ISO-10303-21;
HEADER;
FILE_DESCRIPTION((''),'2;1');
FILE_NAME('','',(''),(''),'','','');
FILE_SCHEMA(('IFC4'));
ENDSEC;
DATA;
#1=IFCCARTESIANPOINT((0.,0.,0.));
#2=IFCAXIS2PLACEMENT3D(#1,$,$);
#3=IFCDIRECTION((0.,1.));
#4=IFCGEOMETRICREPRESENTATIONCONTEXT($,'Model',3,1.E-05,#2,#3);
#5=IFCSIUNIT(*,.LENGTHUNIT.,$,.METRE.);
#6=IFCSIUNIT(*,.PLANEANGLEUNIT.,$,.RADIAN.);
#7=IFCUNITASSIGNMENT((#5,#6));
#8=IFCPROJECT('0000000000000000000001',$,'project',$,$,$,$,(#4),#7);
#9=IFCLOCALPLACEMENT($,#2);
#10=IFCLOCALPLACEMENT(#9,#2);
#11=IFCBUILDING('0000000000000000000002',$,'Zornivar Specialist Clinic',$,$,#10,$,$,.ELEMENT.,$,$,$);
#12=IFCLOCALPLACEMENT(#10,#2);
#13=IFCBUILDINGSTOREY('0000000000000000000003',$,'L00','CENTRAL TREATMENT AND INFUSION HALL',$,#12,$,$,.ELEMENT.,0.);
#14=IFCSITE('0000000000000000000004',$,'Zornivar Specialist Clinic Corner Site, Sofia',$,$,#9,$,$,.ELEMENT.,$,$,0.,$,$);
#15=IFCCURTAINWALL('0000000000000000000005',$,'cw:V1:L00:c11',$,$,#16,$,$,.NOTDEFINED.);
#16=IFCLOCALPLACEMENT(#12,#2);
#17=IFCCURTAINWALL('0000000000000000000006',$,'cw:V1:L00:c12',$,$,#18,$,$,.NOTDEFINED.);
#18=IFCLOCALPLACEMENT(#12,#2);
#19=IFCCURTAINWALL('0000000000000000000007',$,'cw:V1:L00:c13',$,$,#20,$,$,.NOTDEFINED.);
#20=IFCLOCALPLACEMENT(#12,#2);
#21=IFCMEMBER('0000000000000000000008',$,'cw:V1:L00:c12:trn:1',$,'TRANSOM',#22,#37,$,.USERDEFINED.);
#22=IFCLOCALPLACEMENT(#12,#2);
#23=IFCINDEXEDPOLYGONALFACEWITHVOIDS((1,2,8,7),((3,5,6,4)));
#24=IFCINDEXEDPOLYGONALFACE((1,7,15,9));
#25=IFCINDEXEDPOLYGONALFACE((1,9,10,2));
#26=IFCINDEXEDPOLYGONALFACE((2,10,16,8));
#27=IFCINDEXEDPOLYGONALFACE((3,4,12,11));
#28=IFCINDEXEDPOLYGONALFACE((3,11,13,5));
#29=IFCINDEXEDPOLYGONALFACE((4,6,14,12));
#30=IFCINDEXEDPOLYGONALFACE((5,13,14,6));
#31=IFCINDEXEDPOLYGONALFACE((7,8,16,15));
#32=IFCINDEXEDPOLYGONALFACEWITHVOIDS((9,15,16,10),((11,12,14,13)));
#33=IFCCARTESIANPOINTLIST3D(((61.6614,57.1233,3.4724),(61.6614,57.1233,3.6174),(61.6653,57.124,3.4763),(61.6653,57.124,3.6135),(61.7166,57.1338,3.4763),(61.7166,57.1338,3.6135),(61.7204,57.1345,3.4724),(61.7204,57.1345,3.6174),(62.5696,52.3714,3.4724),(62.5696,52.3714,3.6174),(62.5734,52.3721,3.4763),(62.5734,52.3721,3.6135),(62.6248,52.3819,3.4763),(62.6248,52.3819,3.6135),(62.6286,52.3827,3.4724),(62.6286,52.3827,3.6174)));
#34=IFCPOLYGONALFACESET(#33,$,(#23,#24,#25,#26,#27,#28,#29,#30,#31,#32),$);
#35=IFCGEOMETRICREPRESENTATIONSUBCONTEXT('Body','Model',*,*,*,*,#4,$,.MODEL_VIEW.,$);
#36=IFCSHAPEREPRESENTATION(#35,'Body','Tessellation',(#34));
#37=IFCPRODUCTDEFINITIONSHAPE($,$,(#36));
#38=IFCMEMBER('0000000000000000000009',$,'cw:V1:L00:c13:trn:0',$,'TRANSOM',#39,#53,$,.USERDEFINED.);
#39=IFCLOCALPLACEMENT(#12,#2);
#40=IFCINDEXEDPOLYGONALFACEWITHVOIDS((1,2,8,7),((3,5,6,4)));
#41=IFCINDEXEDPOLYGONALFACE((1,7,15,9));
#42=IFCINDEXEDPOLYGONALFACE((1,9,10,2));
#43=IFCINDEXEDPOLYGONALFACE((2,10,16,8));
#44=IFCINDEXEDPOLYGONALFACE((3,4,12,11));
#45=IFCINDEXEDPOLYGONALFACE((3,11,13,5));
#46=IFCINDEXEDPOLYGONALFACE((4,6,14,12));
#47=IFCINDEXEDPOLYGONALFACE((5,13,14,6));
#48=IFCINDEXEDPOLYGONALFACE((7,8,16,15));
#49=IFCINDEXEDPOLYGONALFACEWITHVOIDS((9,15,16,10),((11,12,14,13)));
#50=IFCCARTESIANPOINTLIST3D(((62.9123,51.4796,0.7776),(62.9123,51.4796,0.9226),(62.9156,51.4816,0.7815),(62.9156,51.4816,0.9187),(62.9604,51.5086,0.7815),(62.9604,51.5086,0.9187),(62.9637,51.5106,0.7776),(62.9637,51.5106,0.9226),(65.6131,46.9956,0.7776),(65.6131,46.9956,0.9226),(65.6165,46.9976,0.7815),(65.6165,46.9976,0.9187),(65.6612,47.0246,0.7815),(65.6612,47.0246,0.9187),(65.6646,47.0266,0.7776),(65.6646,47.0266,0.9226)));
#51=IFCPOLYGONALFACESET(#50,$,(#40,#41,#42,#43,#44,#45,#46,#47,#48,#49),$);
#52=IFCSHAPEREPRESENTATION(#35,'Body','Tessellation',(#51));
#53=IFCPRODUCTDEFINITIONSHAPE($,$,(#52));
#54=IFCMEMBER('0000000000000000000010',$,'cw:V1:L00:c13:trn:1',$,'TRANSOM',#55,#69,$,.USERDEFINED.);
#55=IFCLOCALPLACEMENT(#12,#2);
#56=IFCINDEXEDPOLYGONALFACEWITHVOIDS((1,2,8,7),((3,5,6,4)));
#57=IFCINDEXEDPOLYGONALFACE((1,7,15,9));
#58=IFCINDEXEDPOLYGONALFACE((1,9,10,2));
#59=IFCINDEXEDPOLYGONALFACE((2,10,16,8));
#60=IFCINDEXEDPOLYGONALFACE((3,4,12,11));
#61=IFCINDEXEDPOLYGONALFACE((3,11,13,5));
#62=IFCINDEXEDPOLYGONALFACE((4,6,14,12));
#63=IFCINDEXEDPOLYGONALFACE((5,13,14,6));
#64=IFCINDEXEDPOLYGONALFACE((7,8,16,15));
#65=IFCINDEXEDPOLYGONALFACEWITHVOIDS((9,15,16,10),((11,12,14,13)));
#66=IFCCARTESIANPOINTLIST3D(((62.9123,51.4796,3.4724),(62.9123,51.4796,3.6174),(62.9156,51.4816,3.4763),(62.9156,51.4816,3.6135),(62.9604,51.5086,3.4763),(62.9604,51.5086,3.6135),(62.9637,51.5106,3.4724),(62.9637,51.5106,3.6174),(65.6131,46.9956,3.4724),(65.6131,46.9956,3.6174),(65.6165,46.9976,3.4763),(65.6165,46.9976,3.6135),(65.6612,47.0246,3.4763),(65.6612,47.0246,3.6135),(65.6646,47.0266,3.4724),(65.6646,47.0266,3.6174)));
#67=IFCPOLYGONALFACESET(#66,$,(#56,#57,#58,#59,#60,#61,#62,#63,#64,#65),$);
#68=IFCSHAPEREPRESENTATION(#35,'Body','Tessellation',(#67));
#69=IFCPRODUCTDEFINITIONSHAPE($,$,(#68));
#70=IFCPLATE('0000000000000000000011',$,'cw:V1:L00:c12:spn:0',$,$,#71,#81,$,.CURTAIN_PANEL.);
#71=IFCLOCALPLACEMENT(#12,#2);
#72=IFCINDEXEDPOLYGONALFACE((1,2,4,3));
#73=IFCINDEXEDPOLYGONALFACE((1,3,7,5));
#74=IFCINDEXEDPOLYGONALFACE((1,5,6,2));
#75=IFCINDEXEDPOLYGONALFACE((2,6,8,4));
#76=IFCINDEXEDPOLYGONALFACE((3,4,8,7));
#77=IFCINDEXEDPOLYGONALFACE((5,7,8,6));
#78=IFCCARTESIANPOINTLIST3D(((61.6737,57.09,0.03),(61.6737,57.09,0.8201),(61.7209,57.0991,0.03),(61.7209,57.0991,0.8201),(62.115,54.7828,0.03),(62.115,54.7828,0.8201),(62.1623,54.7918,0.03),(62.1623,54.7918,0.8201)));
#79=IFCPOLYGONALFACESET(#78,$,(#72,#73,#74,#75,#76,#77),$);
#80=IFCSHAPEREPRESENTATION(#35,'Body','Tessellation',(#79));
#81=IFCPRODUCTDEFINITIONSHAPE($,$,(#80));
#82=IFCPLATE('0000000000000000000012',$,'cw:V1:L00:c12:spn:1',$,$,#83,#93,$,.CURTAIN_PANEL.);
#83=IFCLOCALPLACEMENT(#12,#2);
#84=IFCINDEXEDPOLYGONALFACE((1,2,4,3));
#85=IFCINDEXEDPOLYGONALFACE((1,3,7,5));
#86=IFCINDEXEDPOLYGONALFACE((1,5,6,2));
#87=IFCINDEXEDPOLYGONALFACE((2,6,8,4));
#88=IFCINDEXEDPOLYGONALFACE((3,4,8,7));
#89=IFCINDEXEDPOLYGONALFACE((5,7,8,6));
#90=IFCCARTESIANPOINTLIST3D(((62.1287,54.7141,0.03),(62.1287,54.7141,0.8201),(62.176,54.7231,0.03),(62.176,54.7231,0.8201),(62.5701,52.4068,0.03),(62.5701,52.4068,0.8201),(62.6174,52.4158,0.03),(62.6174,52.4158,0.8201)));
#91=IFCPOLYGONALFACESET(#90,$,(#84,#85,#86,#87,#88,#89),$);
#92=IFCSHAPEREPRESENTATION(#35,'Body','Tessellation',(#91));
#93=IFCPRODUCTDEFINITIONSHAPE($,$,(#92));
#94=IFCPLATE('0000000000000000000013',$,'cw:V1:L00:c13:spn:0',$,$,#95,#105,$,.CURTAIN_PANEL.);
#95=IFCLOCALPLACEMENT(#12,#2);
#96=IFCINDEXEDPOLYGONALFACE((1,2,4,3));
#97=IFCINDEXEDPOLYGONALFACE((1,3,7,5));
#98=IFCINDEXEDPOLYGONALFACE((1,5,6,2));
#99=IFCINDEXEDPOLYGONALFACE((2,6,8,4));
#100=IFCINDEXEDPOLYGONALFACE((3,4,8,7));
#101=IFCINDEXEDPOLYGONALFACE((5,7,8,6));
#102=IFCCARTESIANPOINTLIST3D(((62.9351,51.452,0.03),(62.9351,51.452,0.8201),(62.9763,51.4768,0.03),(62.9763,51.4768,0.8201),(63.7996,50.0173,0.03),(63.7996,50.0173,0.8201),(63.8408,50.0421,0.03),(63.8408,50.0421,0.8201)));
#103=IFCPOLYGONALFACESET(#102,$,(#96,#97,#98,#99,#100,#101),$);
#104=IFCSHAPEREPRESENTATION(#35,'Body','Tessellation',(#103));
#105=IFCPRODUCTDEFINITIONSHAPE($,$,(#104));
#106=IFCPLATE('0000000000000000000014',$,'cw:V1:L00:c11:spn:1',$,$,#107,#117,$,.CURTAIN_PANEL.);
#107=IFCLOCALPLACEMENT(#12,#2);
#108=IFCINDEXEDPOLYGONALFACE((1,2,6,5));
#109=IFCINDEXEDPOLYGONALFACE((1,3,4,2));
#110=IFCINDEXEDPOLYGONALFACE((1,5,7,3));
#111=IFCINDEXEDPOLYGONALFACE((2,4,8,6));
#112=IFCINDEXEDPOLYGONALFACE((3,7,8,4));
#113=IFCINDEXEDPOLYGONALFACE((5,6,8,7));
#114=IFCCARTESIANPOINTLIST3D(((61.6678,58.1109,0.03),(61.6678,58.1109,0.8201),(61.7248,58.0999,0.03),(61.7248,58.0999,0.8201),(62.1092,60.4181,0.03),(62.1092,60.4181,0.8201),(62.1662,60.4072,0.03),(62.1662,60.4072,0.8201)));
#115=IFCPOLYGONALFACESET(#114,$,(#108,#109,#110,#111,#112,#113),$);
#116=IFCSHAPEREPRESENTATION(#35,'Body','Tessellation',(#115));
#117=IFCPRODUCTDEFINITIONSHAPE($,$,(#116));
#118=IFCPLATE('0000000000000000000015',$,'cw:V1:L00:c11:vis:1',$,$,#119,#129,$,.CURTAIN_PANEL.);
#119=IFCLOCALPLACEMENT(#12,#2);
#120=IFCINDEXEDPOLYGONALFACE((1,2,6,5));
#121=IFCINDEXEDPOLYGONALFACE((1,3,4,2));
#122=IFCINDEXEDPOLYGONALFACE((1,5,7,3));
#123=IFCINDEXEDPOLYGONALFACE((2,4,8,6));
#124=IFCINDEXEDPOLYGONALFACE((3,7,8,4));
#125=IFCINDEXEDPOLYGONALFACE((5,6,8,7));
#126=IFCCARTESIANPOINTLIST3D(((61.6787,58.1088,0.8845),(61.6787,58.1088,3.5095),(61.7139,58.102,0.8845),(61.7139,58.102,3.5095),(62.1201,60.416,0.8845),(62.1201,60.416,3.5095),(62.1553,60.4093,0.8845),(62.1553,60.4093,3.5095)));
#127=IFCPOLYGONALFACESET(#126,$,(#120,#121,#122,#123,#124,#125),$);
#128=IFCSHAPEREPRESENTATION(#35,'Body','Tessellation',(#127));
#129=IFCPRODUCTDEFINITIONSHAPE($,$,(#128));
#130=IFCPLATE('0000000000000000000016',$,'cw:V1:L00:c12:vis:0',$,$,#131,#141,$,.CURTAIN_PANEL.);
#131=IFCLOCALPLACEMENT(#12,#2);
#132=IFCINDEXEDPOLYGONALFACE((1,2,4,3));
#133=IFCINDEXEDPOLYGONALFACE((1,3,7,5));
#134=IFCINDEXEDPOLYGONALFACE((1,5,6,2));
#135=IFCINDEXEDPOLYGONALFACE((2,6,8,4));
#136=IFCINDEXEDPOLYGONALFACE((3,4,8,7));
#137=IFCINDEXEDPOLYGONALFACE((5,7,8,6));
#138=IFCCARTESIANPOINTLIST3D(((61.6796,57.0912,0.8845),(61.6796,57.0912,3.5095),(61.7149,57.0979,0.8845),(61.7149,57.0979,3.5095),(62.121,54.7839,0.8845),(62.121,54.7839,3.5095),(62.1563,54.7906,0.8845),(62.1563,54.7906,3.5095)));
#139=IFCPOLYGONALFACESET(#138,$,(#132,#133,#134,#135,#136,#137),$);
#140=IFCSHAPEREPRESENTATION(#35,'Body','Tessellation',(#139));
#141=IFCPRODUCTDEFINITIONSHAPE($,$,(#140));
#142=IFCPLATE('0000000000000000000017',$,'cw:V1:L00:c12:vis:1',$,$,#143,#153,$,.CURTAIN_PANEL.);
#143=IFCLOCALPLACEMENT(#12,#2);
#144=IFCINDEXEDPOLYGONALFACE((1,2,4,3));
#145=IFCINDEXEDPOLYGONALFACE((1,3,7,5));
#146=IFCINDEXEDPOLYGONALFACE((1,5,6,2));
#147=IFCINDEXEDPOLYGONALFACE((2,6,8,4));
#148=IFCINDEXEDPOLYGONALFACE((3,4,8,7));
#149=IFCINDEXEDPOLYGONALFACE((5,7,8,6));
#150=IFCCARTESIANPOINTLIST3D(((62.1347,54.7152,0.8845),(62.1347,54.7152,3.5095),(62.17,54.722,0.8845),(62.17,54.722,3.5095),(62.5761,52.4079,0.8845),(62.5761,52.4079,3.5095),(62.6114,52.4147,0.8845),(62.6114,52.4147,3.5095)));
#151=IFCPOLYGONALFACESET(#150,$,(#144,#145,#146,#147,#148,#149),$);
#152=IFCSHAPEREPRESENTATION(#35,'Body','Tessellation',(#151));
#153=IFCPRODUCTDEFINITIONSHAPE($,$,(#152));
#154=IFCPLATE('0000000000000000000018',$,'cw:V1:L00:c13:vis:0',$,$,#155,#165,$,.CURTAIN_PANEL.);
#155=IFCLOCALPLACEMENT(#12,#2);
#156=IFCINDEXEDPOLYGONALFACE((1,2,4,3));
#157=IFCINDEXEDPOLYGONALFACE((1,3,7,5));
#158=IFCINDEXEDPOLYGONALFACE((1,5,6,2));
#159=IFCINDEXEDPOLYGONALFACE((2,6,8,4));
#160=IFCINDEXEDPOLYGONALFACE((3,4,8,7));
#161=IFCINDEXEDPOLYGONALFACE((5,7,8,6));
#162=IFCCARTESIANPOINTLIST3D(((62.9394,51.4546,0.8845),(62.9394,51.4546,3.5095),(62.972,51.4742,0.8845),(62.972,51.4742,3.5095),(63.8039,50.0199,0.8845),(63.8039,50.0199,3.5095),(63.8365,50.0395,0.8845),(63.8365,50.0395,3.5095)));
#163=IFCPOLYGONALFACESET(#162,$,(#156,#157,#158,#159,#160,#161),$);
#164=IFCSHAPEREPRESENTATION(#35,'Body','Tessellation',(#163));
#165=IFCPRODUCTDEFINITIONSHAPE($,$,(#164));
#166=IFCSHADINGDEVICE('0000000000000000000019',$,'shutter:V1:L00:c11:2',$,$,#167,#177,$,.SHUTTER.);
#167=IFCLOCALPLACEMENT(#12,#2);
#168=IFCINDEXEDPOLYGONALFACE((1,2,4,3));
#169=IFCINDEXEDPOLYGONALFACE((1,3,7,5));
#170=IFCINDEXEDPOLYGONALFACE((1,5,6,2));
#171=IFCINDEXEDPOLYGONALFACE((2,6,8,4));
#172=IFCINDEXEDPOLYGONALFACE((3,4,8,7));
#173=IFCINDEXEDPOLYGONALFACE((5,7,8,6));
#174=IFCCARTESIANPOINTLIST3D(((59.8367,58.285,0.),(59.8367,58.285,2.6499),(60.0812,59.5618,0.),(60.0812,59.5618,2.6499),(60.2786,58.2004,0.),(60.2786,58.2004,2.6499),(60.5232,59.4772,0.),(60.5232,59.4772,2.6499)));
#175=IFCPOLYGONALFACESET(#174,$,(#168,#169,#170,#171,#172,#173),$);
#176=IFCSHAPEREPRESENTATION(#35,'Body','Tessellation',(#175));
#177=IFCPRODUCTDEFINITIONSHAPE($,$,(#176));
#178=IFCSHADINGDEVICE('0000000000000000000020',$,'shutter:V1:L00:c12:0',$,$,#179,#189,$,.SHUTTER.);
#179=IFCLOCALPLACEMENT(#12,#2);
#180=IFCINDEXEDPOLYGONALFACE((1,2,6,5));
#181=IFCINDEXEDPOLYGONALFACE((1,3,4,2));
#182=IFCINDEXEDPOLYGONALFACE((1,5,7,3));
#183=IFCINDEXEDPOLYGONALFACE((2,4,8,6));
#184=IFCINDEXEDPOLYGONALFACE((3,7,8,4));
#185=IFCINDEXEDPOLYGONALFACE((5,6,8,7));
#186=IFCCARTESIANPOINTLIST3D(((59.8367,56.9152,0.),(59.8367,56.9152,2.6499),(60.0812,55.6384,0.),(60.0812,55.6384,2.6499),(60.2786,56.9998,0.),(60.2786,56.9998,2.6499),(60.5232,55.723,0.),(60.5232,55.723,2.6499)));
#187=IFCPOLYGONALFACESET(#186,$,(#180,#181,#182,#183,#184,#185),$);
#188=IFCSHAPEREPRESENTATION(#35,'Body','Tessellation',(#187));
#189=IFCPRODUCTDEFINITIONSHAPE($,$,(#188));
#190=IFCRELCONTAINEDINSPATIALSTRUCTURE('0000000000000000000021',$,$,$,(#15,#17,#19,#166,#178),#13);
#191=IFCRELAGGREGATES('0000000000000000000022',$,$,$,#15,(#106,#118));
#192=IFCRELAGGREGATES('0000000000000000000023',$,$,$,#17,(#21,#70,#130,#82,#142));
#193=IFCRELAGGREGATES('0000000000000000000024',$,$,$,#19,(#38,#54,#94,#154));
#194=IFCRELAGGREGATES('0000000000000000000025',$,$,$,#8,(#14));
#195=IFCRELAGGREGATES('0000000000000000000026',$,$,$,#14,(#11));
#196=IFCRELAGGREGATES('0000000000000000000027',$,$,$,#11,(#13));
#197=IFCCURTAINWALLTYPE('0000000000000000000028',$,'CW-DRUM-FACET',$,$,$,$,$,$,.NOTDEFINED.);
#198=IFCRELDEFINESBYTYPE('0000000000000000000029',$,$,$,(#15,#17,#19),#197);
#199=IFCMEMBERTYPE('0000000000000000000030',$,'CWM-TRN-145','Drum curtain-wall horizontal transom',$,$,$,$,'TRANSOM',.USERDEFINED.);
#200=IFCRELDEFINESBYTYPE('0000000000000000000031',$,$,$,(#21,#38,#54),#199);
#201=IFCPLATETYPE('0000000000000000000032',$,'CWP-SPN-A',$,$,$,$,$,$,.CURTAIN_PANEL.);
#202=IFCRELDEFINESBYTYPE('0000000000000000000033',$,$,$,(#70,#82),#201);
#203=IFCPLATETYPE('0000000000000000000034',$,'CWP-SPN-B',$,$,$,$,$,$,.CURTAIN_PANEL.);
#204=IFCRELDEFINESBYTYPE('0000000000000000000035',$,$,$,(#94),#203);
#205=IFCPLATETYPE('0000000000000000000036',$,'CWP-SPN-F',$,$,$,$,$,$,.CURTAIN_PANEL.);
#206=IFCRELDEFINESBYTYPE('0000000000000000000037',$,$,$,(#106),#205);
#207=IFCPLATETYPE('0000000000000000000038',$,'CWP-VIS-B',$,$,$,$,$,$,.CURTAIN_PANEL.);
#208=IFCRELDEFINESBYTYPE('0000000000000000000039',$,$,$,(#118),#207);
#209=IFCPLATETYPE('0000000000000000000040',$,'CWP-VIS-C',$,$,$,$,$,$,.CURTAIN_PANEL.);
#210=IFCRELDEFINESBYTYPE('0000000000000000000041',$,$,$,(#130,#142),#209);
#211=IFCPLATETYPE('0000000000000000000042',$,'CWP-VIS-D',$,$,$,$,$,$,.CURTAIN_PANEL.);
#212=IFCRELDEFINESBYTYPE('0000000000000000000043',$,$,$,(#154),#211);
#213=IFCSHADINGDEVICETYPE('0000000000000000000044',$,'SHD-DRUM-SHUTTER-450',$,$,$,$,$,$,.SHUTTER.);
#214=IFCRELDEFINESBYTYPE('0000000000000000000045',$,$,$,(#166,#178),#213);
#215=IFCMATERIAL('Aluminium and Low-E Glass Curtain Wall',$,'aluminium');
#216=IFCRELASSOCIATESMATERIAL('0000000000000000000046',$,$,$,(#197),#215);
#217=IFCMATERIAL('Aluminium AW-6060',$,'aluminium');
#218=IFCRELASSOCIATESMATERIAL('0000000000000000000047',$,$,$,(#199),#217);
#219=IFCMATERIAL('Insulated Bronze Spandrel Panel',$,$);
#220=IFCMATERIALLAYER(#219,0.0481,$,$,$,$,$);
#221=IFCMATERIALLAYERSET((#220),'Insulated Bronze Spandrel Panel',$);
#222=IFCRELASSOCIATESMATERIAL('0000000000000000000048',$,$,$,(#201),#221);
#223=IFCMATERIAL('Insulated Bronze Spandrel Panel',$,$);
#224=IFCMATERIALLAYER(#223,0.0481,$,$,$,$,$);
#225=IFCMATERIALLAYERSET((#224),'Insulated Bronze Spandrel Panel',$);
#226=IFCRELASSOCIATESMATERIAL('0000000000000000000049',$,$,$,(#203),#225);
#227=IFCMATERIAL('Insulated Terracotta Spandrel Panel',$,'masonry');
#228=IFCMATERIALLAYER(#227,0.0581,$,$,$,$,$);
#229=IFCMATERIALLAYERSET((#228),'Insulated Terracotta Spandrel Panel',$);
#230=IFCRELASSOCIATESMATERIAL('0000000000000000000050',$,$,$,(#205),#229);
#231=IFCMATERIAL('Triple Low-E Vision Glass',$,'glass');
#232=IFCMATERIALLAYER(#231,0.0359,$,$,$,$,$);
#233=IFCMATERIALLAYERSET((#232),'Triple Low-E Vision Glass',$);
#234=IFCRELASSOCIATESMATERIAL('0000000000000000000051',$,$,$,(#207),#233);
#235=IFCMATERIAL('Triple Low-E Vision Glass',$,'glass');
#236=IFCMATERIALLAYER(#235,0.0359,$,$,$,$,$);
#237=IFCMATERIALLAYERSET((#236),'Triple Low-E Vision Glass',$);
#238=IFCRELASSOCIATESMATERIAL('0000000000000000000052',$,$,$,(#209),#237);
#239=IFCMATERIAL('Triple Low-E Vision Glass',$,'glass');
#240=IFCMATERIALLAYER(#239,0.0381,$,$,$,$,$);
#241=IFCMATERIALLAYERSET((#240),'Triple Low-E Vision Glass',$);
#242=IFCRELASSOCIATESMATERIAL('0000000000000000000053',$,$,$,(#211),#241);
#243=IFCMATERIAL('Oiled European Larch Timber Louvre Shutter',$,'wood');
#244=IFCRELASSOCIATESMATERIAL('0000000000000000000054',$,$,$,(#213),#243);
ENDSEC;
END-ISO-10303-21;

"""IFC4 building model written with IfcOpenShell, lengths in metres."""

from ifc_helpers import new_model, si_unit, direction, frame, origin, origin_2d, place, context, subcontext, project, spatial, rectangle, hollow_rectangle, extrude, material, layer, layer_set, material_profile, profile_set, type_object, element, aggregate, save


model = new_model("IFC4")

# Units and contexts
model_context = context("Model", 3, precision=1e-05, world=origin(), true_north=direction((0.0, 1.0)))
body_context = subcontext(model_context, "Body", "Model", "MODEL_VIEW")
ifc_project = project(units=[si_unit("LENGTHUNIT", "METRE"), si_unit("PLANEANGLEUNIT", "RADIAN")], contexts=[model_context])

# Site, building, storey
site_placement = place(None, origin())
site = spatial("IfcSite", under=ifc_project, at=site_placement, Name="Zornivar Specialist Clinic Corner Site, Sofia", CompositionType="ELEMENT", RefElevation=0.0)
building_placement = place(site_placement, origin())
building = spatial("IfcBuilding", under=site, at=building_placement, Name="Zornivar Specialist Clinic", CompositionType="ELEMENT")
storey_placement = place(building_placement, origin())
storey = spatial("IfcBuildingStorey", under=building, at=storey_placement, Name="L00", Description="CENTRAL TREATMENT AND INFUSION HALL", CompositionType="ELEMENT", Elevation=0.0)

# Curtain wall
ifc_material_1 = material(Name="Aluminium and Low-E Glass Curtain Wall", Category="aluminium")
curtain_wall_type = type_object("IfcCurtainWallType", Name="CW-DRUM-FACET", PredefinedType="NOTDEFINED", material=ifc_material_1)
curtain_wall_1_placement = place(storey_placement, origin())
curtain_wall_1 = element("IfcCurtainWall", 1, at=curtain_wall_1_placement, inside=storey, type_object=curtain_wall_type, Name="cw:V1:L00:c11", PredefinedType="NOTDEFINED")

# Curtain wall
curtain_wall_2_placement = place(storey_placement, origin())
curtain_wall_2 = element("IfcCurtainWall", 2, at=curtain_wall_2_placement, inside=storey, type_object=curtain_wall_type, Name="cw:V1:L00:c12", PredefinedType="NOTDEFINED")

# Curtain wall
curtain_wall_3_placement = place(storey_placement, origin())
curtain_wall_3 = element("IfcCurtainWall", 3, at=curtain_wall_3_placement, inside=storey, type_object=curtain_wall_type, Name="cw:V1:L00:c13", PredefinedType="NOTDEFINED")

# Members
ifc_material_2 = material(Name="Aluminium AW-6060", Category="aluminium")
ifc_material_profile_1 = material_profile(ifc_material_2, hollow_rectangle(XDim=0.0601, YDim=0.145, WallThickness=0.0039, at=origin_2d()), Name="ALU 60x145x4")
ifc_profile_set_1 = profile_set([ifc_material_profile_1], Name="Aluminium AW-6060")
member_type_1 = type_object("IfcMemberType", Name="CWM-TRN-145", Description="Drum curtain-wall horizontal transom", ElementType="TRANSOM", PredefinedType="USERDEFINED", material=ifc_profile_set_1)
member_1_placement = place(storey_placement, frame((61.6909, 57.1289, 3.5449), z_axis=(0.187724, -0.982222, 0.0), x_axis=(0.982222, 0.187724, 0.0)))
member_1 = element("IfcMember", 4, at=member_1_placement, type_object=member_type_1, Name="cw:V1:L00:c12:trn:1", ObjectType="TRANSOM", PredefinedType="USERDEFINED", context=body_context, shape_type="SweptSolid", body=[
    extrude(hollow_rectangle(XDim=0.0601, YDim=0.145, WallThickness=0.0039, at=origin_2d()), origin(), (0.0, 0.0, 1.0), 4.8379),
])
member_2_placement = place(storey_placement, frame((62.938, 51.4951, 0.8501), z_axis=(0.515963, -0.856611, 0.0), x_axis=(0.856611, 0.515963, 0.0)))
member_2 = element("IfcMember", 5, at=member_2_placement, type_object=member_type_1, Name="cw:V1:L00:c13:trn:0", ObjectType="TRANSOM", PredefinedType="USERDEFINED", context=body_context, shape_type="SweptSolid", body=[
    extrude(hollow_rectangle(XDim=0.0601, YDim=0.145, WallThickness=0.0039, at=origin_2d()), origin(), (0.0, 0.0, 1.0), 5.2346),
])
member_3_placement = place(storey_placement, frame((62.938, 51.4951, 3.5449), z_axis=(0.515963, -0.856611, 0.0), x_axis=(0.856611, 0.515963, 0.0)))
member_3 = element("IfcMember", 6, at=member_3_placement, type_object=member_type_1, Name="cw:V1:L00:c13:trn:1", ObjectType="TRANSOM", PredefinedType="USERDEFINED", context=body_context, shape_type="SweptSolid", body=[
    extrude(hollow_rectangle(XDim=0.0601, YDim=0.145, WallThickness=0.0039, at=origin_2d()), origin(), (0.0, 0.0, 1.0), 5.2346),
])

# Plates
ifc_material_3 = material(Name="Insulated Bronze Spandrel Panel")
ifc_layer_1 = layer(ifc_material_3, 0.0481)
ifc_layer_set_1 = layer_set([ifc_layer_1], Name="Insulated Bronze Spandrel Panel")
plate_type_1 = type_object("IfcPlateType", Name="CWP-SPN-A", PredefinedType="CURTAIN_PANEL", material=ifc_layer_set_1)
plate_1_placement = place(storey_placement, frame((61.918, 55.9409, 0.03), z_axis=(0.0, 0.0, 1.0), x_axis=(0.187897, -0.982189, 0.0)))
plate_1 = element("IfcPlate", 7, at=plate_1_placement, type_object=plate_type_1, Name="cw:V1:L00:c12:spn:0", PredefinedType="CURTAIN_PANEL", context=body_context, shape_type="SweptSolid", body=[
    extrude(rectangle(XDim=2.3491, YDim=0.0481, at=origin_2d()), origin(), (0.0, 0.0, 1.0), 0.79),
])
plate_2_placement = place(storey_placement, frame((62.373, 53.5649, 0.03), z_axis=(0.0, 0.0, 1.0), x_axis=(0.187897, -0.982189, 0.0)))
plate_2 = element("IfcPlate", 8, at=plate_2_placement, type_object=plate_type_1, Name="cw:V1:L00:c12:spn:1", PredefinedType="CURTAIN_PANEL", context=body_context, shape_type="SweptSolid", body=[
    extrude(rectangle(XDim=2.3491, YDim=0.0481, at=origin_2d()), origin(), (0.0, 0.0, 1.0), 0.79),
])
ifc_material_4 = material(Name="Insulated Bronze Spandrel Panel")
ifc_layer_2 = layer(ifc_material_4, 0.0481)
ifc_layer_set_2 = layer_set([ifc_layer_2], Name="Insulated Bronze Spandrel Panel")
plate_type_2 = type_object("IfcPlateType", Name="CWP-SPN-B", PredefinedType="CURTAIN_PANEL", material=ifc_layer_set_2)
plate_3_placement = place(storey_placement, frame((63.3879, 50.7471, 0.03), z_axis=(0.0, 0.0, 1.0), x_axis=(0.516127, -0.856512, 0.0)))
plate_3 = element("IfcPlate", 9, at=plate_3_placement, type_object=plate_type_2, Name="cw:V1:L00:c13:spn:0", PredefinedType="CURTAIN_PANEL", context=body_context, shape_type="SweptSolid", body=[
    extrude(rectangle(XDim=1.675, YDim=0.0481, at=origin_2d()), origin(), (0.0, 0.0, 1.0), 0.79),
])
ifc_material_5 = material(Name="Insulated Terracotta Spandrel Panel", Category="masonry")
ifc_layer_3 = layer(ifc_material_5, 0.0581)
ifc_layer_set_3 = layer_set([ifc_layer_3], Name="Insulated Terracotta Spandrel Panel")
plate_type_3 = type_object("IfcPlateType", Name="CWP-SPN-F", PredefinedType="CURTAIN_PANEL", material=ifc_layer_set_3)
plate_4_placement = place(storey_placement, frame((61.917, 59.259, 0.03), z_axis=(0.0, 0.0, 1.0), x_axis=(-0.187897, -0.982189, 0.0)))
plate_4 = element("IfcPlate", 10, at=plate_4_placement, type_object=plate_type_3, Name="cw:V1:L00:c11:spn:1", PredefinedType="CURTAIN_PANEL", context=body_context, shape_type="SweptSolid", body=[
    extrude(rectangle(XDim=2.3491, YDim=0.0581, at=origin_2d()), origin(), (0.0, 0.0, 1.0), 0.79),
])
ifc_material_6 = material(Name="Triple Low-E Vision Glass", Category="glass")
ifc_layer_4 = layer(ifc_material_6, 0.0359)
ifc_layer_set_4 = layer_set([ifc_layer_4], Name="Triple Low-E Vision Glass")
plate_type_4 = type_object("IfcPlateType", Name="CWP-VIS-B", PredefinedType="CURTAIN_PANEL", material=ifc_layer_set_4)
plate_5_placement = place(storey_placement, frame((61.917, 59.259, 0.8845), z_axis=(0.0, 0.0, 1.0), x_axis=(-0.187897, -0.982189, 0.0)))
plate_5 = element("IfcPlate", 11, at=plate_5_placement, type_object=plate_type_4, Name="cw:V1:L00:c11:vis:1", PredefinedType="CURTAIN_PANEL", context=body_context, shape_type="SweptSolid", body=[
    extrude(rectangle(XDim=2.3491, YDim=0.0359, at=origin_2d()), origin(), (0.0, 0.0, 1.0), 2.625),
])
aggregate(curtain_wall_1, [plate_4, plate_5])
ifc_material_7 = material(Name="Triple Low-E Vision Glass", Category="glass")
ifc_layer_5 = layer(ifc_material_7, 0.0359)
ifc_layer_set_5 = layer_set([ifc_layer_5], Name="Triple Low-E Vision Glass")
plate_type_5 = type_object("IfcPlateType", Name="CWP-VIS-C", PredefinedType="CURTAIN_PANEL", material=ifc_layer_set_5)
plate_6_placement = place(storey_placement, frame((61.918, 55.9409, 0.8845), z_axis=(0.0, 0.0, 1.0), x_axis=(0.187897, -0.982189, 0.0)))
plate_6 = element("IfcPlate", 12, at=plate_6_placement, type_object=plate_type_5, Name="cw:V1:L00:c12:vis:0", PredefinedType="CURTAIN_PANEL", context=body_context, shape_type="SweptSolid", body=[
    extrude(rectangle(XDim=2.3491, YDim=0.0359, at=origin_2d()), origin(), (0.0, 0.0, 1.0), 2.625),
])
plate_7_placement = place(storey_placement, frame((62.373, 53.5649, 0.8845), z_axis=(0.0, 0.0, 1.0), x_axis=(0.187897, -0.982189, 0.0)))
plate_7 = element("IfcPlate", 13, at=plate_7_placement, type_object=plate_type_5, Name="cw:V1:L00:c12:vis:1", PredefinedType="CURTAIN_PANEL", context=body_context, shape_type="SweptSolid", body=[
    extrude(rectangle(XDim=2.3491, YDim=0.0359, at=origin_2d()), origin(), (0.0, 0.0, 1.0), 2.625),
])
aggregate(curtain_wall_2, [member_1, plate_1, plate_6, plate_2, plate_7])
ifc_material_8 = material(Name="Triple Low-E Vision Glass", Category="glass")
ifc_layer_6 = layer(ifc_material_8, 0.0381)
ifc_layer_set_6 = layer_set([ifc_layer_6], Name="Triple Low-E Vision Glass")
plate_type_6 = type_object("IfcPlateType", Name="CWP-VIS-D", PredefinedType="CURTAIN_PANEL", material=ifc_layer_set_6)
plate_8_placement = place(storey_placement, frame((63.3879, 50.7471, 0.8845), z_axis=(0.0, 0.0, 1.0), x_axis=(0.516127, -0.856512, 0.0)))
plate_8 = element("IfcPlate", 14, at=plate_8_placement, type_object=plate_type_6, Name="cw:V1:L00:c13:vis:0", PredefinedType="CURTAIN_PANEL", context=body_context, shape_type="SweptSolid", body=[
    extrude(rectangle(XDim=1.675, YDim=0.0381, at=origin_2d()), origin(), (0.0, 0.0, 1.0), 2.625),
])
aggregate(curtain_wall_3, [member_2, member_3, plate_3, plate_8])

# Shading devices
ifc_material_9 = material(Name="Oiled European Larch Timber Louvre Shutter", Category="wood")
shading_device_type = type_object("IfcShadingDeviceType", Name="SHD-DRUM-SHUTTER-450", PredefinedType="SHUTTER", material=ifc_material_9)
for number, where, z_axis, x_axis, name in (
    (15, (60.1799, 58.8811, 0.0), (0.0, 0.0, 1.0), (-0.188099, -0.98215, 0.0), "shutter:V1:L00:c11:2"),
    (16, (60.1799, 56.3191, 0.0), (0.0, 0.0, 1.0), (0.188099, -0.98215, 0.0), "shutter:V1:L00:c12:0"),
):
    element("IfcShadingDevice", number, at=place(storey_placement, frame(where, z_axis=z_axis, x_axis=x_axis)), inside=storey, type_object=shading_device_type, Name=name, PredefinedType="SHUTTER", context=body_context, shape_type="SweptSolid", body=[
        extrude(rectangle(XDim=1.3, YDim=0.45, at=origin_2d()), origin(), (0.0, 0.0, 1.0), 2.6499),
    ])

save(model, "model.ifc")
